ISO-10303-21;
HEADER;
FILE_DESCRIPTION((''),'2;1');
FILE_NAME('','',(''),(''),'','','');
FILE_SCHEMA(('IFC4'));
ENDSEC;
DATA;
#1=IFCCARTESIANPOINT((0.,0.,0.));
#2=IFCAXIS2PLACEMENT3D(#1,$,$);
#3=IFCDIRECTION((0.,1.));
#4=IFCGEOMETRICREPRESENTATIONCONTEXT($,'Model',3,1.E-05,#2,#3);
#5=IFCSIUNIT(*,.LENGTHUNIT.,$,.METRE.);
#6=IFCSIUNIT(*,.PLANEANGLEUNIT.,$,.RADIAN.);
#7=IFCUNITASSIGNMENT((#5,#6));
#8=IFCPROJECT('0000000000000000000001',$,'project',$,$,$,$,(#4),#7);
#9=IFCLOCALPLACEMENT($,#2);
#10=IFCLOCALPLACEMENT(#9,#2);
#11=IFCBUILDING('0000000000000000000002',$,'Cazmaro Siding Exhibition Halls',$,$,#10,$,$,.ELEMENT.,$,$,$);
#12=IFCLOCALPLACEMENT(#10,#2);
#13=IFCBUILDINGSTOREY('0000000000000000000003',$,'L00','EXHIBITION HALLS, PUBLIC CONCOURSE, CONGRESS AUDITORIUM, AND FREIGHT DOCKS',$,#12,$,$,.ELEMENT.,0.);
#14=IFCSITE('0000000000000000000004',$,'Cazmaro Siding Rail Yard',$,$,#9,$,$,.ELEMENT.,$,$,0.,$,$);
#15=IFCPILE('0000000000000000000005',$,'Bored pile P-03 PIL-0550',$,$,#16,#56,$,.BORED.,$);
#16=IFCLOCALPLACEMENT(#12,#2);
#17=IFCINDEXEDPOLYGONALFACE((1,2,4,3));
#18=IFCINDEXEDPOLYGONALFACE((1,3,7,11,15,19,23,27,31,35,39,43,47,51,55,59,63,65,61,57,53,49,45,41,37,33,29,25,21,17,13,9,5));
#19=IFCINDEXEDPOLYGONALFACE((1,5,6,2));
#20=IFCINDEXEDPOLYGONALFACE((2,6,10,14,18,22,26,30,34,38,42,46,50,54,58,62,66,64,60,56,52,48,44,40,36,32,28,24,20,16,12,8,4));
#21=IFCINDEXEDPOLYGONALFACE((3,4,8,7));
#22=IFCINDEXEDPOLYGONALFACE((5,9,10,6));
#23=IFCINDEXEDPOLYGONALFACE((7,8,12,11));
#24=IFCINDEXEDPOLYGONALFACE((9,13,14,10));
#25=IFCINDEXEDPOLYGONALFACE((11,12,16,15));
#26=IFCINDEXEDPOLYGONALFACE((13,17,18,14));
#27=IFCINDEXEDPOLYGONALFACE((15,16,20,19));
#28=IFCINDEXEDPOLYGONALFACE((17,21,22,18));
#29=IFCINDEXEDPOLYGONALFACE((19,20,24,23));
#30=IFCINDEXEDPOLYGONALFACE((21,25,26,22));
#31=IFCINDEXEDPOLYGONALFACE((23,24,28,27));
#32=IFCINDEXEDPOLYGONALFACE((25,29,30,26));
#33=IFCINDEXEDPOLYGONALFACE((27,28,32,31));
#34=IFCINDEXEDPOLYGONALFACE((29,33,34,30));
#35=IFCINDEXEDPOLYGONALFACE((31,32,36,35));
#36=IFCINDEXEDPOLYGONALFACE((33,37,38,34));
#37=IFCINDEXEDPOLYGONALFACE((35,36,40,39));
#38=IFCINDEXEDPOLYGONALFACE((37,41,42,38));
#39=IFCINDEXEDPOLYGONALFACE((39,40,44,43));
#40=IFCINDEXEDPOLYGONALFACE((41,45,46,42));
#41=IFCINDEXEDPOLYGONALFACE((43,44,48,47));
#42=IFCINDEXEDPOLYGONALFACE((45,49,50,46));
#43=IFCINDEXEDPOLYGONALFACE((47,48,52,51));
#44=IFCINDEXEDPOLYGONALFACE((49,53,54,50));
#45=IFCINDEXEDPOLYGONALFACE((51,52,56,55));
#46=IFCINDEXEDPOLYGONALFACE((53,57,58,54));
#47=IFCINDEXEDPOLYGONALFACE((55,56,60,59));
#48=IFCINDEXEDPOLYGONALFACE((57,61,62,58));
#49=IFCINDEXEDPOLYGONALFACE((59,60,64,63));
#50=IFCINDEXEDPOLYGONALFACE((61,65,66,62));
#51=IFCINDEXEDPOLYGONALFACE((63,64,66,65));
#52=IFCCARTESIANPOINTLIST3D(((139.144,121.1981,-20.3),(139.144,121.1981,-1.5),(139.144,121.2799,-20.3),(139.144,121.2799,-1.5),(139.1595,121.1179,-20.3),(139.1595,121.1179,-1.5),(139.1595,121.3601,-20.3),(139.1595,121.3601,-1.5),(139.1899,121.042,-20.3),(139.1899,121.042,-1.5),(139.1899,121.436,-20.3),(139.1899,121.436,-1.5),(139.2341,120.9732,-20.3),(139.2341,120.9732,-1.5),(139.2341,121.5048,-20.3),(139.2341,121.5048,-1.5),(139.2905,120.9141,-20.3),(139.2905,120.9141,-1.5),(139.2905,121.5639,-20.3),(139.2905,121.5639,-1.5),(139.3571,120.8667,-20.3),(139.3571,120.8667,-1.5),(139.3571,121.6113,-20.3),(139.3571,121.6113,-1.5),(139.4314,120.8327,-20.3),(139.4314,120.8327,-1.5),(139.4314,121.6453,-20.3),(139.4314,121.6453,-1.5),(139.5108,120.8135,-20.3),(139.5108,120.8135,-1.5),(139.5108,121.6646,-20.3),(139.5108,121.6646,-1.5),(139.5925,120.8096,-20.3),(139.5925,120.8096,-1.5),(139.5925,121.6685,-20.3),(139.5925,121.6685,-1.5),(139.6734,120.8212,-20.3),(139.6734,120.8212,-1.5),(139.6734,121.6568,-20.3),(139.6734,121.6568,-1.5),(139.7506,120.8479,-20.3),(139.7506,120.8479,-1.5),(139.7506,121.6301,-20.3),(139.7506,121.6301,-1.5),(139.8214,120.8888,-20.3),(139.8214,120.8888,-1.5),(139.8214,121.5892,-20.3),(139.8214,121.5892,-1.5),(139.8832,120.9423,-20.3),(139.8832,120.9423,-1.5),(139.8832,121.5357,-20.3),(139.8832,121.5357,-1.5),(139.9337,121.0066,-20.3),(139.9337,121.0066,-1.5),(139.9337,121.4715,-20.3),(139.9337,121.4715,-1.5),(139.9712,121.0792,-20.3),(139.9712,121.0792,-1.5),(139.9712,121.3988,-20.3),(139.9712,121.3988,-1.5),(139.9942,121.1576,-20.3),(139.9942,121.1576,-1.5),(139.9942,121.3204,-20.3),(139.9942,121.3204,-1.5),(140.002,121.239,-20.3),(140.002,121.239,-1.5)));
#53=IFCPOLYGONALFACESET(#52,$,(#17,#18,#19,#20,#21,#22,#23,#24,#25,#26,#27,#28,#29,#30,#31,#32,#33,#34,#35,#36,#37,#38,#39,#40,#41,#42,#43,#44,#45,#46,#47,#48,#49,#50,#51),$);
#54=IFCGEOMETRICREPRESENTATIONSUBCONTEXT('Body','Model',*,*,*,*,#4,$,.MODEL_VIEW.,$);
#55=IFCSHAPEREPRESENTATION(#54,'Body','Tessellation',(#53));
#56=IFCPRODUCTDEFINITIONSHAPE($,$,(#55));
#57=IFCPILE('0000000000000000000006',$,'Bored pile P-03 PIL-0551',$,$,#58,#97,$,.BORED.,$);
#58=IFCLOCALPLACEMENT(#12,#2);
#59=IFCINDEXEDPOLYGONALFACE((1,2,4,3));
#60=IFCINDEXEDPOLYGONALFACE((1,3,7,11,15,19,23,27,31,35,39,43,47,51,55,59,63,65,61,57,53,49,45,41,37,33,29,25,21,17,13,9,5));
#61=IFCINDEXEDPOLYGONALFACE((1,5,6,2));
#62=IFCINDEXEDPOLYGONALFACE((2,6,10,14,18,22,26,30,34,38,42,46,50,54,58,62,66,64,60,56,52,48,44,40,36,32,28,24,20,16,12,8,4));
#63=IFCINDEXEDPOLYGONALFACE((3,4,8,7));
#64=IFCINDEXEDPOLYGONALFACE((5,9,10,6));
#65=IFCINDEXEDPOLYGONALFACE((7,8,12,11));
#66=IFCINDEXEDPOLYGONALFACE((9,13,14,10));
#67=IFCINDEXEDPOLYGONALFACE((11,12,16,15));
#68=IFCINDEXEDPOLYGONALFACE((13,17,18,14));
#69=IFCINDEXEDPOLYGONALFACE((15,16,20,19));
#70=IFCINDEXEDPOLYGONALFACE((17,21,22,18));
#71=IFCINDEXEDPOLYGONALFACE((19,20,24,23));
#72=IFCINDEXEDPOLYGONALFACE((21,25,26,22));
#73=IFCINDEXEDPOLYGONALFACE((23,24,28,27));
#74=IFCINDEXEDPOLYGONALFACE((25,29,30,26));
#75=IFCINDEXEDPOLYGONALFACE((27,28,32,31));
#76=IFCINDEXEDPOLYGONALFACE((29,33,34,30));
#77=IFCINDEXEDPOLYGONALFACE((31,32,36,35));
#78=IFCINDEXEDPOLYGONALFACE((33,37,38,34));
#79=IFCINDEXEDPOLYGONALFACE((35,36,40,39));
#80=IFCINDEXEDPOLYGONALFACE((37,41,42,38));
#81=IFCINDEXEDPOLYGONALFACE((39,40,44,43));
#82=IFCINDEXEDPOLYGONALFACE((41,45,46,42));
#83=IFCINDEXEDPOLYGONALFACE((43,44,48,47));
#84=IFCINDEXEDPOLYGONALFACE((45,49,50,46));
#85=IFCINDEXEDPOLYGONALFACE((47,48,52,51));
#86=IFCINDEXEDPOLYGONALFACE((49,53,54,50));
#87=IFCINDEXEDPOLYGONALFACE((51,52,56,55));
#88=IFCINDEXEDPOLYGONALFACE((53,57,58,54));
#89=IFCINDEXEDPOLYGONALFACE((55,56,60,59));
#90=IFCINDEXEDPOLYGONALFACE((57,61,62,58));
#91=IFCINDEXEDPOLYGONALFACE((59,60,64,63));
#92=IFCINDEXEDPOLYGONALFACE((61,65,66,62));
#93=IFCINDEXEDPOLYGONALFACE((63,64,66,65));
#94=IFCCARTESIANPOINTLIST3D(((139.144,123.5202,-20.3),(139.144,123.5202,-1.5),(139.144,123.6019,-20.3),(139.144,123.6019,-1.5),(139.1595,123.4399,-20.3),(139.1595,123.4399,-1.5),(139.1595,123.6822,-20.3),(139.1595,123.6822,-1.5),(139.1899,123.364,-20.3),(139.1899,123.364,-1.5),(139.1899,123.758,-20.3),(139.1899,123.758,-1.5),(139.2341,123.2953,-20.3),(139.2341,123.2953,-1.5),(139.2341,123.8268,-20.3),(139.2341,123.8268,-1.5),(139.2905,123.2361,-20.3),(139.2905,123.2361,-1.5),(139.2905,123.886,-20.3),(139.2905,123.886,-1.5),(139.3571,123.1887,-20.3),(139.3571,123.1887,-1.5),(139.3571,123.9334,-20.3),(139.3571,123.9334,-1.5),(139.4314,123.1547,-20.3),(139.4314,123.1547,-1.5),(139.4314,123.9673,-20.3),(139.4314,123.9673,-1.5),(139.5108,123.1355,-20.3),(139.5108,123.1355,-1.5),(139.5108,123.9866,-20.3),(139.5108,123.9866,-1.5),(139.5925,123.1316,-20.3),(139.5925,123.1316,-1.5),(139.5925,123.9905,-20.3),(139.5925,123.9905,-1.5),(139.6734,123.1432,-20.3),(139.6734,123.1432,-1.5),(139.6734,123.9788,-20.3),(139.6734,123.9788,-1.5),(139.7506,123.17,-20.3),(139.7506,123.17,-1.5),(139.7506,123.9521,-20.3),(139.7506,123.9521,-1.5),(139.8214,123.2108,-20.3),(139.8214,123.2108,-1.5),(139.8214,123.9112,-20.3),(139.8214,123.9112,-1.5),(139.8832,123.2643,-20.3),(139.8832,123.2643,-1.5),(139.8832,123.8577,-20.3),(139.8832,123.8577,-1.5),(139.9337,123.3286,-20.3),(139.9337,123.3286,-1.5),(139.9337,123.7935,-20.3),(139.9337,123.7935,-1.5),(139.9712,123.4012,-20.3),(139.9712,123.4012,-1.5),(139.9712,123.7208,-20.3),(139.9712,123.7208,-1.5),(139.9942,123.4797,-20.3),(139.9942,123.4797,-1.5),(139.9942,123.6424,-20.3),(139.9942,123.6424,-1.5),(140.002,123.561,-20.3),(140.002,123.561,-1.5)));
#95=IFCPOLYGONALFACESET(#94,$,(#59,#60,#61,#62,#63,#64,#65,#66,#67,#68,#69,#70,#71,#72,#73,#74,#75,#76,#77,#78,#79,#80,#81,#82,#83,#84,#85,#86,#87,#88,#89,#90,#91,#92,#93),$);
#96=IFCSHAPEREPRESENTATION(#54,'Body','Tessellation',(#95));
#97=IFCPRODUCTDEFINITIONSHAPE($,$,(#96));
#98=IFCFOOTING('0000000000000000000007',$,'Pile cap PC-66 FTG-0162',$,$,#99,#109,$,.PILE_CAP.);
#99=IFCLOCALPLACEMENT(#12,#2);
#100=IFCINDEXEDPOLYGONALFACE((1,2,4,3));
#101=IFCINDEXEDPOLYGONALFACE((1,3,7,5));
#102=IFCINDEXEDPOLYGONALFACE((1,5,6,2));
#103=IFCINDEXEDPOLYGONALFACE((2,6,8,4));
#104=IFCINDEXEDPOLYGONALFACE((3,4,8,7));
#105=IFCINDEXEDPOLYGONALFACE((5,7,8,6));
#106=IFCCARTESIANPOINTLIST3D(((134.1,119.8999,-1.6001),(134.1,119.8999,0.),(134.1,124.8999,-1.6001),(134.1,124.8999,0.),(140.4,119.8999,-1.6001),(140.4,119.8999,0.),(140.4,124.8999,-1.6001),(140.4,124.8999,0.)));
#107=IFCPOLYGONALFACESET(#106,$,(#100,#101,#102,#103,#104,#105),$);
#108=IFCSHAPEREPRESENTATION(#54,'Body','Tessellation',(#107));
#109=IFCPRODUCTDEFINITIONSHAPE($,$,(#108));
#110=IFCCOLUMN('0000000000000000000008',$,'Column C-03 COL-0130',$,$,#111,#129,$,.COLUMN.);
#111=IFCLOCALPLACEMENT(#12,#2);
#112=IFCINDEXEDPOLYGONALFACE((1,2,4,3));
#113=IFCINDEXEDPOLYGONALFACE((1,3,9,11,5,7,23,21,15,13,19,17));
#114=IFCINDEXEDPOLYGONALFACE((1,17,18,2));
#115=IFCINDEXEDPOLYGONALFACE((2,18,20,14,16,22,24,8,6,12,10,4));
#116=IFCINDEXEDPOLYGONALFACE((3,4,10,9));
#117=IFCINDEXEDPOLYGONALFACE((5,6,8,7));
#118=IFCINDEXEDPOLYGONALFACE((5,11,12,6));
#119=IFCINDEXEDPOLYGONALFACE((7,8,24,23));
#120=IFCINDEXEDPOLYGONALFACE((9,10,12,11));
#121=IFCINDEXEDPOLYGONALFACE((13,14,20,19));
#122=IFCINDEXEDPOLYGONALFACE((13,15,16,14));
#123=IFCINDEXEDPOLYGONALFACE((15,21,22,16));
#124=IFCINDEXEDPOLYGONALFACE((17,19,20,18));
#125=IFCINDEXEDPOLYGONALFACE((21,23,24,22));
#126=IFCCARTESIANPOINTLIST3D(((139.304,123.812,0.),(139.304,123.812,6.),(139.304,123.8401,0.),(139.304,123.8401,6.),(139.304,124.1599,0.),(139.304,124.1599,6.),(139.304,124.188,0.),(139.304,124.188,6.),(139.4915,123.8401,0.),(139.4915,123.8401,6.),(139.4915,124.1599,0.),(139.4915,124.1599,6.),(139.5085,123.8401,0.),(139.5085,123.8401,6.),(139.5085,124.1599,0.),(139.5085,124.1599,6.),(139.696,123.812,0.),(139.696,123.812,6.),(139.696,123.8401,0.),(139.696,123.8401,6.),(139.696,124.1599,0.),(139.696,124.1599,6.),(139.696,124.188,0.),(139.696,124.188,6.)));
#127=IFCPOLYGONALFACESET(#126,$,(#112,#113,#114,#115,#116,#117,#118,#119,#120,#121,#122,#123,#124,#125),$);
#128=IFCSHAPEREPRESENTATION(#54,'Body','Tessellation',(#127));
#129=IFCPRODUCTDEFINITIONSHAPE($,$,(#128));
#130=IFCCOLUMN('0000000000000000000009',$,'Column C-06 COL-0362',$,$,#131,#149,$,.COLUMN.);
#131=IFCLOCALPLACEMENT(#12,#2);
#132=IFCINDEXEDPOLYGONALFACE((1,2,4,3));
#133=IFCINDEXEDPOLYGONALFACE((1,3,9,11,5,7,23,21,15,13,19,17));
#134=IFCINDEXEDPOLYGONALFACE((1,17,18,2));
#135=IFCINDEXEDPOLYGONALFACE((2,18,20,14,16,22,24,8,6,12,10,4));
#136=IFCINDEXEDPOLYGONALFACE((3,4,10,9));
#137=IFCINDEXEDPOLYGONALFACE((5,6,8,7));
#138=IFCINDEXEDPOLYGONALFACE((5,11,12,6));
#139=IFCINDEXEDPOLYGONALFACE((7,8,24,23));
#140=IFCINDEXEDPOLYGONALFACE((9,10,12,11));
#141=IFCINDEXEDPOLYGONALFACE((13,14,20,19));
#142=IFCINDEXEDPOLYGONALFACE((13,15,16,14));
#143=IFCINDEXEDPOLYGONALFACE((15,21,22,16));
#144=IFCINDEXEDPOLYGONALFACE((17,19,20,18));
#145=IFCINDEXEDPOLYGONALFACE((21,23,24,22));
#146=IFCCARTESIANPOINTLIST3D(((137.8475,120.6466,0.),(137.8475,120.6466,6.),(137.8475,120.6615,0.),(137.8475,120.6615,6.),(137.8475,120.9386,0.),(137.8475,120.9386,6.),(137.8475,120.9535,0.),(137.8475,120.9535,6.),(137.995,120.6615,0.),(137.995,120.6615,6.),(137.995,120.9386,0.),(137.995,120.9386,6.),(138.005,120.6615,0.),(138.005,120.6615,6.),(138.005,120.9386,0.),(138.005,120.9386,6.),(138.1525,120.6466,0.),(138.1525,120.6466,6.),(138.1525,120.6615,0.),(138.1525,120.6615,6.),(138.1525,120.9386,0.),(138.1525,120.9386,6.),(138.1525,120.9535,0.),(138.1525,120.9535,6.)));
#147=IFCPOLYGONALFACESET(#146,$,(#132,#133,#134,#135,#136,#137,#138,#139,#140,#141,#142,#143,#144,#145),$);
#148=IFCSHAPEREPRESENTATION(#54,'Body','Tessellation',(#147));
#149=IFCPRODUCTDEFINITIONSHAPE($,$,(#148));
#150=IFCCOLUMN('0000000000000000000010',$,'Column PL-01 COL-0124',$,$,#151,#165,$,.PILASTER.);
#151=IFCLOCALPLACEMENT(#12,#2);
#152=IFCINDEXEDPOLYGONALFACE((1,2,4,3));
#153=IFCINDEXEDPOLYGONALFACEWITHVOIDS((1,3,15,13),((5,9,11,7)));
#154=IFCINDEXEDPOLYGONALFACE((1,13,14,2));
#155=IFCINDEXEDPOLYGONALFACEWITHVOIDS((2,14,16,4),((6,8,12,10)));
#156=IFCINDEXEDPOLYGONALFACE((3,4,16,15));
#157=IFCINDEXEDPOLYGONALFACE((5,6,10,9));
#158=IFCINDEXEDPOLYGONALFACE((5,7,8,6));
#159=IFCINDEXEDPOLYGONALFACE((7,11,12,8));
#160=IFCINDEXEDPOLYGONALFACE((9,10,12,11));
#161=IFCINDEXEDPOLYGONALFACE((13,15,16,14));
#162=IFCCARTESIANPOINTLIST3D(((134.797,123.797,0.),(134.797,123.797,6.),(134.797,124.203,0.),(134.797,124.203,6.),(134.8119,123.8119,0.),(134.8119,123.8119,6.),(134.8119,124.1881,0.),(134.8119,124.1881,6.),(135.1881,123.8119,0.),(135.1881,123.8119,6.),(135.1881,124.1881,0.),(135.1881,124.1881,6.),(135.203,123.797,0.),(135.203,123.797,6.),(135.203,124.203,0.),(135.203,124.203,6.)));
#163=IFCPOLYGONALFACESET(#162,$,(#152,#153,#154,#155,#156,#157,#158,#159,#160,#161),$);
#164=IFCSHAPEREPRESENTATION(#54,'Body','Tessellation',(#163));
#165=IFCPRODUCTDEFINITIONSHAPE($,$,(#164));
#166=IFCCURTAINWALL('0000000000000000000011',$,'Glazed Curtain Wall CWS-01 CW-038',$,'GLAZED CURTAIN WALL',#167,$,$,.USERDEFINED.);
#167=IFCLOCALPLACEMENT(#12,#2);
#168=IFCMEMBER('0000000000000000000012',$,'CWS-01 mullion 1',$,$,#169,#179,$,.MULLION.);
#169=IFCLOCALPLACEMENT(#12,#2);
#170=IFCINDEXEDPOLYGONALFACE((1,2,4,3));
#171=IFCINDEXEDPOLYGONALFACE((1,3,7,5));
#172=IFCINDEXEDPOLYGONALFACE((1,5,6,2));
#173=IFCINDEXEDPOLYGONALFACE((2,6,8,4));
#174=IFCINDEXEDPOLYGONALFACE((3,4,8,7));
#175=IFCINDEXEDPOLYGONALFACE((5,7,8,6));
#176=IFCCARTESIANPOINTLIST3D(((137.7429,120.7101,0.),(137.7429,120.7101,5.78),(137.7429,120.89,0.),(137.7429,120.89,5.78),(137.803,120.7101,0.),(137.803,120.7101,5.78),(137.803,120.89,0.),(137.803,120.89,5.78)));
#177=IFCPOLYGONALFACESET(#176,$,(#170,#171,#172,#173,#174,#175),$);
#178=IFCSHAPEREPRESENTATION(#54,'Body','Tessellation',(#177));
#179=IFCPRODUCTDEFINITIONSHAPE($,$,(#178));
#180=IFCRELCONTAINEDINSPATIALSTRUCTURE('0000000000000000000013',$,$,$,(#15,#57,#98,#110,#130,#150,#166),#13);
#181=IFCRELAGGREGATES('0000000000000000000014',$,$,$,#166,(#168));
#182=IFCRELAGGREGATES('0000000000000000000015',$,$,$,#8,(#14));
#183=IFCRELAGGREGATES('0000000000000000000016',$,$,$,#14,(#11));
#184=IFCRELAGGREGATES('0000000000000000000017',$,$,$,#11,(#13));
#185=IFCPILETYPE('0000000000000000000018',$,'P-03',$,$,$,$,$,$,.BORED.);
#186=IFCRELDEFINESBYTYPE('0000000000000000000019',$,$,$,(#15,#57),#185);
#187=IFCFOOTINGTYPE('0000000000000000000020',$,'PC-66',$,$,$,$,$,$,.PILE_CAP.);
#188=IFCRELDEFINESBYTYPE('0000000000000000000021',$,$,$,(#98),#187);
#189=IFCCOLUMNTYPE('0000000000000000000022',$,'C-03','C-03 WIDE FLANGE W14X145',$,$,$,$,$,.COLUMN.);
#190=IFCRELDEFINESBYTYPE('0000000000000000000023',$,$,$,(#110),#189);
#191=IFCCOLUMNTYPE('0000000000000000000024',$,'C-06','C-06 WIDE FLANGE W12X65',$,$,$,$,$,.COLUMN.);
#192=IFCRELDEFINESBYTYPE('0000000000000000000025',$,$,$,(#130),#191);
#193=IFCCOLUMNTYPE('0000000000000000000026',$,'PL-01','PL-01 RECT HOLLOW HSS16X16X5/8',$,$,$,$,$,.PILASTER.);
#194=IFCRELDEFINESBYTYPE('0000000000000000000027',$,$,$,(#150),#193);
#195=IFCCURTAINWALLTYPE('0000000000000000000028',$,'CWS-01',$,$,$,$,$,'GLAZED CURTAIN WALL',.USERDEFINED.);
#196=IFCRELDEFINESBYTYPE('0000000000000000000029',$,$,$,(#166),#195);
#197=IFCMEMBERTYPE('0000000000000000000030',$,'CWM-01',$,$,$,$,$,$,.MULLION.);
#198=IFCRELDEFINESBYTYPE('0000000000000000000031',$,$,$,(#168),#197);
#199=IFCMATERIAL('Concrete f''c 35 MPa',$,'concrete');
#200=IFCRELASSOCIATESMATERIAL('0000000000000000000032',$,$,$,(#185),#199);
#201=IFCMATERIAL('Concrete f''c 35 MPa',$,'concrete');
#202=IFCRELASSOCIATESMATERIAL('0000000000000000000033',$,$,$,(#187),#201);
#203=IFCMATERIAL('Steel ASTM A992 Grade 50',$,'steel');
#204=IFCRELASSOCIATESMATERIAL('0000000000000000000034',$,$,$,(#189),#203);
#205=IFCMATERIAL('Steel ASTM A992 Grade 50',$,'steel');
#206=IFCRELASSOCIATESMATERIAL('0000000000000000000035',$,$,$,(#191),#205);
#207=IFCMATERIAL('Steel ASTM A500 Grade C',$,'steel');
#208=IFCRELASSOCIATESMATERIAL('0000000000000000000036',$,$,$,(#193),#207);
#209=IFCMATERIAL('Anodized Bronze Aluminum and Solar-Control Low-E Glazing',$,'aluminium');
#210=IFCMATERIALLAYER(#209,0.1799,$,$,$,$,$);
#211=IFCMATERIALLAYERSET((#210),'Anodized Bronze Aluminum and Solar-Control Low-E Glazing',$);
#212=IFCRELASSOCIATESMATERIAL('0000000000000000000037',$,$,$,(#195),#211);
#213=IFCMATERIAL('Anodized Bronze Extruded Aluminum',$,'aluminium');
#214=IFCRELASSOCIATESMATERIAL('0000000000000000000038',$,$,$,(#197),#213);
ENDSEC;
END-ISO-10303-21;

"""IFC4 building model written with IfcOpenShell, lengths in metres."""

from ifc_helpers import new_model, si_unit, direction, frame, origin, origin_2d, place, context, subcontext, project, spatial, rectangle, hollow_rectangle, circle, i_section, extrude, material, layer, layer_set, material_profile, profile_set, type_object, element, aggregate, save


model = new_model("IFC4")

# Units and contexts
model_context = context("Model", 3, precision=1e-05, world=origin(), true_north=direction((0.0, 1.0)))
body_context = subcontext(model_context, "Body", "Model", "MODEL_VIEW")
ifc_project = project(units=[si_unit("LENGTHUNIT", "METRE"), si_unit("PLANEANGLEUNIT", "RADIAN")], contexts=[model_context])

# Site, building, storey
site_placement = place(None, origin())
site = spatial("IfcSite", under=ifc_project, at=site_placement, Name="Cazmaro Siding Rail Yard", CompositionType="ELEMENT", RefElevation=0.0)
building_placement = place(site_placement, origin())
building = spatial("IfcBuilding", under=site, at=building_placement, Name="Cazmaro Siding Exhibition Halls", CompositionType="ELEMENT")
storey_placement = place(building_placement, origin())
storey = spatial("IfcBuildingStorey", under=building, at=storey_placement, Name="L00", Description="EXHIBITION HALLS, PUBLIC CONCOURSE, CONGRESS AUDITORIUM, AND FREIGHT DOCKS", CompositionType="ELEMENT", Elevation=0.0)

# Piles
ifc_material_1 = material(Name="Concrete f'c 35 MPa", Category="concrete")
ifc_material_profile_1 = material_profile(ifc_material_1, circle(Radius=0.4299, at=origin_2d()), Name="CIDH-860")
ifc_profile_set_1 = profile_set([ifc_material_profile_1], Name="Concrete f'c 35 MPa")
pile_type = type_object("IfcPileType", Name="P-03", PredefinedType="BORED", material=ifc_profile_set_1)
for number, where, z_axis, x_axis, name in (
    (1, (139.572, 121.239, -1.5), (0.0, 0.0, -1.0), (1.0, 0.0, 0.0), "Bored pile P-03 PIL-0550"),
    (2, (139.572, 123.561, -1.5), (0.0, 0.0, -1.0), (1.0, 0.0, 0.0), "Bored pile P-03 PIL-0551"),
):
    element("IfcPile", number, at=place(storey_placement, frame(where, z_axis=z_axis, x_axis=x_axis)), inside=storey, type_object=pile_type, Name=name, PredefinedType="BORED", context=body_context, shape_type="SweptSolid", body=[
        extrude(circle(Radius=0.4299, at=origin_2d()), origin(), (0.0, 0.0, 1.0), 18.8),
    ])

# Footing
ifc_material_2 = material(Name="Concrete f'c 35 MPa", Category="concrete")
footing_type = type_object("IfcFootingType", Name="PC-66", PredefinedType="PILE_CAP", material=ifc_material_2)
footing_placement = place(storey_placement, frame((137.25, 122.3999, -1.6001), z_axis=(0.0, 0.0, 1.0), x_axis=(1.0, 0.0, 0.0)))
element("IfcFooting", 3, at=footing_placement, inside=storey, type_object=footing_type, Name="Pile cap PC-66 FTG-0162", PredefinedType="PILE_CAP", context=body_context, shape_type="SweptSolid", body=[
    extrude(rectangle(XDim=6.3, YDim=5.0, at=origin_2d()), origin(), (0.0, 0.0, 1.0), 1.6001),
])

# Columns
ifc_material_3 = material(Name="Steel ASTM A992 Grade 50", Category="steel")
ifc_material_profile_2 = material_profile(ifc_material_3, i_section(OverallWidth=0.3921, OverallDepth=0.376, WebThickness=0.0171, FlangeThickness=0.0281, at=origin_2d()), Name="W14X145")
ifc_profile_set_2 = profile_set([ifc_material_profile_2], Name="Steel ASTM A992 Grade 50")
column_type_1 = type_object("IfcColumnType", Name="C-03", Description="C-03 WIDE FLANGE W14X145", PredefinedType="COLUMN", material=ifc_profile_set_2)
column_1_placement = place(storey_placement, frame((139.5, 124.0, 0.0), z_axis=(0.0, 0.0, 1.0), x_axis=(1.0, 0.0, 0.0)))
element("IfcColumn", 4, at=column_1_placement, inside=storey, type_object=column_type_1, Name="Column C-03 COL-0130", PredefinedType="COLUMN", context=body_context, shape_type="SweptSolid", body=[
    extrude(i_section(OverallWidth=0.3921, OverallDepth=0.376, WebThickness=0.0171, FlangeThickness=0.0281, at=origin_2d()), origin(), (0.0, 0.0, 1.0), 6.0),
])
ifc_material_4 = material(Name="Steel ASTM A992 Grade 50", Category="steel")
ifc_material_profile_3 = material_profile(ifc_material_4, i_section(OverallWidth=0.3049, OverallDepth=0.3069, WebThickness=0.01, FlangeThickness=0.0149, at=origin_2d()), Name="W12X65")
ifc_profile_set_3 = profile_set([ifc_material_profile_3], Name="Steel ASTM A992 Grade 50")
column_type_2 = type_object("IfcColumnType", Name="C-06", Description="C-06 WIDE FLANGE W12X65", PredefinedType="COLUMN", material=ifc_profile_set_3)
column_2_placement = place(storey_placement, frame((138.0, 120.8, 0.0), z_axis=(0.0, 0.0, 1.0), x_axis=(1.0, 0.0, 0.0)))
element("IfcColumn", 5, at=column_2_placement, inside=storey, type_object=column_type_2, Name="Column C-06 COL-0362", PredefinedType="COLUMN", context=body_context, shape_type="SweptSolid", body=[
    extrude(i_section(OverallWidth=0.3049, OverallDepth=0.3069, WebThickness=0.01, FlangeThickness=0.0149, at=origin_2d()), origin(), (0.0, 0.0, 1.0), 6.0),
])
ifc_material_5 = material(Name="Steel ASTM A500 Grade C", Category="steel")
ifc_material_profile_4 = material_profile(ifc_material_5, hollow_rectangle(XDim=0.406, YDim=0.406, WallThickness=0.0149, at=origin_2d()), Name="HSS16X16X5/8")
ifc_profile_set_4 = profile_set([ifc_material_profile_4], Name="Steel ASTM A500 Grade C")
column_type_3 = type_object("IfcColumnType", Name="PL-01", Description="PL-01 RECT HOLLOW HSS16X16X5/8", PredefinedType="PILASTER", material=ifc_profile_set_4)
column_3_placement = place(storey_placement, frame((135.0, 124.0, 0.0), z_axis=(0.0, 0.0, 1.0), x_axis=(1.0, 0.0, 0.0)))
element("IfcColumn", 6, at=column_3_placement, inside=storey, type_object=column_type_3, Name="Column PL-01 COL-0124", PredefinedType="PILASTER", context=body_context, shape_type="SweptSolid", body=[
    extrude(hollow_rectangle(XDim=0.406, YDim=0.406, WallThickness=0.0149, at=origin_2d()), origin(), (0.0, 0.0, 1.0), 6.0),
])

# Curtain wall, member
ifc_material_6 = material(Name="Anodized Bronze Aluminum and Solar-Control Low-E Glazing", Category="aluminium")
ifc_layer_1 = layer(ifc_material_6, 0.1799)
ifc_layer_set_1 = layer_set([ifc_layer_1], Name="Anodized Bronze Aluminum and Solar-Control Low-E Glazing")
curtain_wall_type = type_object("IfcCurtainWallType", Name="CWS-01", ElementType="GLAZED CURTAIN WALL", PredefinedType="USERDEFINED", material=ifc_layer_set_1)
curtain_wall_placement = place(storey_placement, origin())
curtain_wall = element("IfcCurtainWall", 7, at=curtain_wall_placement, inside=storey, type_object=curtain_wall_type, Name="Glazed Curtain Wall CWS-01 CW-038", ObjectType="GLAZED CURTAIN WALL", PredefinedType="USERDEFINED")
ifc_material_7 = material(Name="Anodized Bronze Extruded Aluminum", Category="aluminium")
ifc_material_profile_5 = material_profile(ifc_material_7, rectangle(XDim=0.1799, YDim=0.0601, at=origin_2d()), Name="CWM-01")
ifc_profile_set_5 = profile_set([ifc_material_profile_5], Name="Anodized Bronze Extruded Aluminum")
member_type_1 = type_object("IfcMemberType", Name="CWM-01", PredefinedType="MULLION", material=ifc_profile_set_5)
member_1_placement = place(storey_placement, frame((137.7729, 120.8, 0.0), z_axis=(0.0, 0.0, 1.0), x_axis=(0.0, -1.0, 0.0)))
member_1 = element("IfcMember", 8, at=member_1_placement, type_object=member_type_1, Name="CWS-01 mullion 1", PredefinedType="MULLION", context=body_context, shape_type="SweptSolid", body=[
    extrude(rectangle(XDim=0.1799, YDim=0.0601, at=origin_2d()), origin(), (0.0, 0.0, 1.0), 5.78),
])
aggregate(curtain_wall, [member_1])

save(model, "model.ifc")
